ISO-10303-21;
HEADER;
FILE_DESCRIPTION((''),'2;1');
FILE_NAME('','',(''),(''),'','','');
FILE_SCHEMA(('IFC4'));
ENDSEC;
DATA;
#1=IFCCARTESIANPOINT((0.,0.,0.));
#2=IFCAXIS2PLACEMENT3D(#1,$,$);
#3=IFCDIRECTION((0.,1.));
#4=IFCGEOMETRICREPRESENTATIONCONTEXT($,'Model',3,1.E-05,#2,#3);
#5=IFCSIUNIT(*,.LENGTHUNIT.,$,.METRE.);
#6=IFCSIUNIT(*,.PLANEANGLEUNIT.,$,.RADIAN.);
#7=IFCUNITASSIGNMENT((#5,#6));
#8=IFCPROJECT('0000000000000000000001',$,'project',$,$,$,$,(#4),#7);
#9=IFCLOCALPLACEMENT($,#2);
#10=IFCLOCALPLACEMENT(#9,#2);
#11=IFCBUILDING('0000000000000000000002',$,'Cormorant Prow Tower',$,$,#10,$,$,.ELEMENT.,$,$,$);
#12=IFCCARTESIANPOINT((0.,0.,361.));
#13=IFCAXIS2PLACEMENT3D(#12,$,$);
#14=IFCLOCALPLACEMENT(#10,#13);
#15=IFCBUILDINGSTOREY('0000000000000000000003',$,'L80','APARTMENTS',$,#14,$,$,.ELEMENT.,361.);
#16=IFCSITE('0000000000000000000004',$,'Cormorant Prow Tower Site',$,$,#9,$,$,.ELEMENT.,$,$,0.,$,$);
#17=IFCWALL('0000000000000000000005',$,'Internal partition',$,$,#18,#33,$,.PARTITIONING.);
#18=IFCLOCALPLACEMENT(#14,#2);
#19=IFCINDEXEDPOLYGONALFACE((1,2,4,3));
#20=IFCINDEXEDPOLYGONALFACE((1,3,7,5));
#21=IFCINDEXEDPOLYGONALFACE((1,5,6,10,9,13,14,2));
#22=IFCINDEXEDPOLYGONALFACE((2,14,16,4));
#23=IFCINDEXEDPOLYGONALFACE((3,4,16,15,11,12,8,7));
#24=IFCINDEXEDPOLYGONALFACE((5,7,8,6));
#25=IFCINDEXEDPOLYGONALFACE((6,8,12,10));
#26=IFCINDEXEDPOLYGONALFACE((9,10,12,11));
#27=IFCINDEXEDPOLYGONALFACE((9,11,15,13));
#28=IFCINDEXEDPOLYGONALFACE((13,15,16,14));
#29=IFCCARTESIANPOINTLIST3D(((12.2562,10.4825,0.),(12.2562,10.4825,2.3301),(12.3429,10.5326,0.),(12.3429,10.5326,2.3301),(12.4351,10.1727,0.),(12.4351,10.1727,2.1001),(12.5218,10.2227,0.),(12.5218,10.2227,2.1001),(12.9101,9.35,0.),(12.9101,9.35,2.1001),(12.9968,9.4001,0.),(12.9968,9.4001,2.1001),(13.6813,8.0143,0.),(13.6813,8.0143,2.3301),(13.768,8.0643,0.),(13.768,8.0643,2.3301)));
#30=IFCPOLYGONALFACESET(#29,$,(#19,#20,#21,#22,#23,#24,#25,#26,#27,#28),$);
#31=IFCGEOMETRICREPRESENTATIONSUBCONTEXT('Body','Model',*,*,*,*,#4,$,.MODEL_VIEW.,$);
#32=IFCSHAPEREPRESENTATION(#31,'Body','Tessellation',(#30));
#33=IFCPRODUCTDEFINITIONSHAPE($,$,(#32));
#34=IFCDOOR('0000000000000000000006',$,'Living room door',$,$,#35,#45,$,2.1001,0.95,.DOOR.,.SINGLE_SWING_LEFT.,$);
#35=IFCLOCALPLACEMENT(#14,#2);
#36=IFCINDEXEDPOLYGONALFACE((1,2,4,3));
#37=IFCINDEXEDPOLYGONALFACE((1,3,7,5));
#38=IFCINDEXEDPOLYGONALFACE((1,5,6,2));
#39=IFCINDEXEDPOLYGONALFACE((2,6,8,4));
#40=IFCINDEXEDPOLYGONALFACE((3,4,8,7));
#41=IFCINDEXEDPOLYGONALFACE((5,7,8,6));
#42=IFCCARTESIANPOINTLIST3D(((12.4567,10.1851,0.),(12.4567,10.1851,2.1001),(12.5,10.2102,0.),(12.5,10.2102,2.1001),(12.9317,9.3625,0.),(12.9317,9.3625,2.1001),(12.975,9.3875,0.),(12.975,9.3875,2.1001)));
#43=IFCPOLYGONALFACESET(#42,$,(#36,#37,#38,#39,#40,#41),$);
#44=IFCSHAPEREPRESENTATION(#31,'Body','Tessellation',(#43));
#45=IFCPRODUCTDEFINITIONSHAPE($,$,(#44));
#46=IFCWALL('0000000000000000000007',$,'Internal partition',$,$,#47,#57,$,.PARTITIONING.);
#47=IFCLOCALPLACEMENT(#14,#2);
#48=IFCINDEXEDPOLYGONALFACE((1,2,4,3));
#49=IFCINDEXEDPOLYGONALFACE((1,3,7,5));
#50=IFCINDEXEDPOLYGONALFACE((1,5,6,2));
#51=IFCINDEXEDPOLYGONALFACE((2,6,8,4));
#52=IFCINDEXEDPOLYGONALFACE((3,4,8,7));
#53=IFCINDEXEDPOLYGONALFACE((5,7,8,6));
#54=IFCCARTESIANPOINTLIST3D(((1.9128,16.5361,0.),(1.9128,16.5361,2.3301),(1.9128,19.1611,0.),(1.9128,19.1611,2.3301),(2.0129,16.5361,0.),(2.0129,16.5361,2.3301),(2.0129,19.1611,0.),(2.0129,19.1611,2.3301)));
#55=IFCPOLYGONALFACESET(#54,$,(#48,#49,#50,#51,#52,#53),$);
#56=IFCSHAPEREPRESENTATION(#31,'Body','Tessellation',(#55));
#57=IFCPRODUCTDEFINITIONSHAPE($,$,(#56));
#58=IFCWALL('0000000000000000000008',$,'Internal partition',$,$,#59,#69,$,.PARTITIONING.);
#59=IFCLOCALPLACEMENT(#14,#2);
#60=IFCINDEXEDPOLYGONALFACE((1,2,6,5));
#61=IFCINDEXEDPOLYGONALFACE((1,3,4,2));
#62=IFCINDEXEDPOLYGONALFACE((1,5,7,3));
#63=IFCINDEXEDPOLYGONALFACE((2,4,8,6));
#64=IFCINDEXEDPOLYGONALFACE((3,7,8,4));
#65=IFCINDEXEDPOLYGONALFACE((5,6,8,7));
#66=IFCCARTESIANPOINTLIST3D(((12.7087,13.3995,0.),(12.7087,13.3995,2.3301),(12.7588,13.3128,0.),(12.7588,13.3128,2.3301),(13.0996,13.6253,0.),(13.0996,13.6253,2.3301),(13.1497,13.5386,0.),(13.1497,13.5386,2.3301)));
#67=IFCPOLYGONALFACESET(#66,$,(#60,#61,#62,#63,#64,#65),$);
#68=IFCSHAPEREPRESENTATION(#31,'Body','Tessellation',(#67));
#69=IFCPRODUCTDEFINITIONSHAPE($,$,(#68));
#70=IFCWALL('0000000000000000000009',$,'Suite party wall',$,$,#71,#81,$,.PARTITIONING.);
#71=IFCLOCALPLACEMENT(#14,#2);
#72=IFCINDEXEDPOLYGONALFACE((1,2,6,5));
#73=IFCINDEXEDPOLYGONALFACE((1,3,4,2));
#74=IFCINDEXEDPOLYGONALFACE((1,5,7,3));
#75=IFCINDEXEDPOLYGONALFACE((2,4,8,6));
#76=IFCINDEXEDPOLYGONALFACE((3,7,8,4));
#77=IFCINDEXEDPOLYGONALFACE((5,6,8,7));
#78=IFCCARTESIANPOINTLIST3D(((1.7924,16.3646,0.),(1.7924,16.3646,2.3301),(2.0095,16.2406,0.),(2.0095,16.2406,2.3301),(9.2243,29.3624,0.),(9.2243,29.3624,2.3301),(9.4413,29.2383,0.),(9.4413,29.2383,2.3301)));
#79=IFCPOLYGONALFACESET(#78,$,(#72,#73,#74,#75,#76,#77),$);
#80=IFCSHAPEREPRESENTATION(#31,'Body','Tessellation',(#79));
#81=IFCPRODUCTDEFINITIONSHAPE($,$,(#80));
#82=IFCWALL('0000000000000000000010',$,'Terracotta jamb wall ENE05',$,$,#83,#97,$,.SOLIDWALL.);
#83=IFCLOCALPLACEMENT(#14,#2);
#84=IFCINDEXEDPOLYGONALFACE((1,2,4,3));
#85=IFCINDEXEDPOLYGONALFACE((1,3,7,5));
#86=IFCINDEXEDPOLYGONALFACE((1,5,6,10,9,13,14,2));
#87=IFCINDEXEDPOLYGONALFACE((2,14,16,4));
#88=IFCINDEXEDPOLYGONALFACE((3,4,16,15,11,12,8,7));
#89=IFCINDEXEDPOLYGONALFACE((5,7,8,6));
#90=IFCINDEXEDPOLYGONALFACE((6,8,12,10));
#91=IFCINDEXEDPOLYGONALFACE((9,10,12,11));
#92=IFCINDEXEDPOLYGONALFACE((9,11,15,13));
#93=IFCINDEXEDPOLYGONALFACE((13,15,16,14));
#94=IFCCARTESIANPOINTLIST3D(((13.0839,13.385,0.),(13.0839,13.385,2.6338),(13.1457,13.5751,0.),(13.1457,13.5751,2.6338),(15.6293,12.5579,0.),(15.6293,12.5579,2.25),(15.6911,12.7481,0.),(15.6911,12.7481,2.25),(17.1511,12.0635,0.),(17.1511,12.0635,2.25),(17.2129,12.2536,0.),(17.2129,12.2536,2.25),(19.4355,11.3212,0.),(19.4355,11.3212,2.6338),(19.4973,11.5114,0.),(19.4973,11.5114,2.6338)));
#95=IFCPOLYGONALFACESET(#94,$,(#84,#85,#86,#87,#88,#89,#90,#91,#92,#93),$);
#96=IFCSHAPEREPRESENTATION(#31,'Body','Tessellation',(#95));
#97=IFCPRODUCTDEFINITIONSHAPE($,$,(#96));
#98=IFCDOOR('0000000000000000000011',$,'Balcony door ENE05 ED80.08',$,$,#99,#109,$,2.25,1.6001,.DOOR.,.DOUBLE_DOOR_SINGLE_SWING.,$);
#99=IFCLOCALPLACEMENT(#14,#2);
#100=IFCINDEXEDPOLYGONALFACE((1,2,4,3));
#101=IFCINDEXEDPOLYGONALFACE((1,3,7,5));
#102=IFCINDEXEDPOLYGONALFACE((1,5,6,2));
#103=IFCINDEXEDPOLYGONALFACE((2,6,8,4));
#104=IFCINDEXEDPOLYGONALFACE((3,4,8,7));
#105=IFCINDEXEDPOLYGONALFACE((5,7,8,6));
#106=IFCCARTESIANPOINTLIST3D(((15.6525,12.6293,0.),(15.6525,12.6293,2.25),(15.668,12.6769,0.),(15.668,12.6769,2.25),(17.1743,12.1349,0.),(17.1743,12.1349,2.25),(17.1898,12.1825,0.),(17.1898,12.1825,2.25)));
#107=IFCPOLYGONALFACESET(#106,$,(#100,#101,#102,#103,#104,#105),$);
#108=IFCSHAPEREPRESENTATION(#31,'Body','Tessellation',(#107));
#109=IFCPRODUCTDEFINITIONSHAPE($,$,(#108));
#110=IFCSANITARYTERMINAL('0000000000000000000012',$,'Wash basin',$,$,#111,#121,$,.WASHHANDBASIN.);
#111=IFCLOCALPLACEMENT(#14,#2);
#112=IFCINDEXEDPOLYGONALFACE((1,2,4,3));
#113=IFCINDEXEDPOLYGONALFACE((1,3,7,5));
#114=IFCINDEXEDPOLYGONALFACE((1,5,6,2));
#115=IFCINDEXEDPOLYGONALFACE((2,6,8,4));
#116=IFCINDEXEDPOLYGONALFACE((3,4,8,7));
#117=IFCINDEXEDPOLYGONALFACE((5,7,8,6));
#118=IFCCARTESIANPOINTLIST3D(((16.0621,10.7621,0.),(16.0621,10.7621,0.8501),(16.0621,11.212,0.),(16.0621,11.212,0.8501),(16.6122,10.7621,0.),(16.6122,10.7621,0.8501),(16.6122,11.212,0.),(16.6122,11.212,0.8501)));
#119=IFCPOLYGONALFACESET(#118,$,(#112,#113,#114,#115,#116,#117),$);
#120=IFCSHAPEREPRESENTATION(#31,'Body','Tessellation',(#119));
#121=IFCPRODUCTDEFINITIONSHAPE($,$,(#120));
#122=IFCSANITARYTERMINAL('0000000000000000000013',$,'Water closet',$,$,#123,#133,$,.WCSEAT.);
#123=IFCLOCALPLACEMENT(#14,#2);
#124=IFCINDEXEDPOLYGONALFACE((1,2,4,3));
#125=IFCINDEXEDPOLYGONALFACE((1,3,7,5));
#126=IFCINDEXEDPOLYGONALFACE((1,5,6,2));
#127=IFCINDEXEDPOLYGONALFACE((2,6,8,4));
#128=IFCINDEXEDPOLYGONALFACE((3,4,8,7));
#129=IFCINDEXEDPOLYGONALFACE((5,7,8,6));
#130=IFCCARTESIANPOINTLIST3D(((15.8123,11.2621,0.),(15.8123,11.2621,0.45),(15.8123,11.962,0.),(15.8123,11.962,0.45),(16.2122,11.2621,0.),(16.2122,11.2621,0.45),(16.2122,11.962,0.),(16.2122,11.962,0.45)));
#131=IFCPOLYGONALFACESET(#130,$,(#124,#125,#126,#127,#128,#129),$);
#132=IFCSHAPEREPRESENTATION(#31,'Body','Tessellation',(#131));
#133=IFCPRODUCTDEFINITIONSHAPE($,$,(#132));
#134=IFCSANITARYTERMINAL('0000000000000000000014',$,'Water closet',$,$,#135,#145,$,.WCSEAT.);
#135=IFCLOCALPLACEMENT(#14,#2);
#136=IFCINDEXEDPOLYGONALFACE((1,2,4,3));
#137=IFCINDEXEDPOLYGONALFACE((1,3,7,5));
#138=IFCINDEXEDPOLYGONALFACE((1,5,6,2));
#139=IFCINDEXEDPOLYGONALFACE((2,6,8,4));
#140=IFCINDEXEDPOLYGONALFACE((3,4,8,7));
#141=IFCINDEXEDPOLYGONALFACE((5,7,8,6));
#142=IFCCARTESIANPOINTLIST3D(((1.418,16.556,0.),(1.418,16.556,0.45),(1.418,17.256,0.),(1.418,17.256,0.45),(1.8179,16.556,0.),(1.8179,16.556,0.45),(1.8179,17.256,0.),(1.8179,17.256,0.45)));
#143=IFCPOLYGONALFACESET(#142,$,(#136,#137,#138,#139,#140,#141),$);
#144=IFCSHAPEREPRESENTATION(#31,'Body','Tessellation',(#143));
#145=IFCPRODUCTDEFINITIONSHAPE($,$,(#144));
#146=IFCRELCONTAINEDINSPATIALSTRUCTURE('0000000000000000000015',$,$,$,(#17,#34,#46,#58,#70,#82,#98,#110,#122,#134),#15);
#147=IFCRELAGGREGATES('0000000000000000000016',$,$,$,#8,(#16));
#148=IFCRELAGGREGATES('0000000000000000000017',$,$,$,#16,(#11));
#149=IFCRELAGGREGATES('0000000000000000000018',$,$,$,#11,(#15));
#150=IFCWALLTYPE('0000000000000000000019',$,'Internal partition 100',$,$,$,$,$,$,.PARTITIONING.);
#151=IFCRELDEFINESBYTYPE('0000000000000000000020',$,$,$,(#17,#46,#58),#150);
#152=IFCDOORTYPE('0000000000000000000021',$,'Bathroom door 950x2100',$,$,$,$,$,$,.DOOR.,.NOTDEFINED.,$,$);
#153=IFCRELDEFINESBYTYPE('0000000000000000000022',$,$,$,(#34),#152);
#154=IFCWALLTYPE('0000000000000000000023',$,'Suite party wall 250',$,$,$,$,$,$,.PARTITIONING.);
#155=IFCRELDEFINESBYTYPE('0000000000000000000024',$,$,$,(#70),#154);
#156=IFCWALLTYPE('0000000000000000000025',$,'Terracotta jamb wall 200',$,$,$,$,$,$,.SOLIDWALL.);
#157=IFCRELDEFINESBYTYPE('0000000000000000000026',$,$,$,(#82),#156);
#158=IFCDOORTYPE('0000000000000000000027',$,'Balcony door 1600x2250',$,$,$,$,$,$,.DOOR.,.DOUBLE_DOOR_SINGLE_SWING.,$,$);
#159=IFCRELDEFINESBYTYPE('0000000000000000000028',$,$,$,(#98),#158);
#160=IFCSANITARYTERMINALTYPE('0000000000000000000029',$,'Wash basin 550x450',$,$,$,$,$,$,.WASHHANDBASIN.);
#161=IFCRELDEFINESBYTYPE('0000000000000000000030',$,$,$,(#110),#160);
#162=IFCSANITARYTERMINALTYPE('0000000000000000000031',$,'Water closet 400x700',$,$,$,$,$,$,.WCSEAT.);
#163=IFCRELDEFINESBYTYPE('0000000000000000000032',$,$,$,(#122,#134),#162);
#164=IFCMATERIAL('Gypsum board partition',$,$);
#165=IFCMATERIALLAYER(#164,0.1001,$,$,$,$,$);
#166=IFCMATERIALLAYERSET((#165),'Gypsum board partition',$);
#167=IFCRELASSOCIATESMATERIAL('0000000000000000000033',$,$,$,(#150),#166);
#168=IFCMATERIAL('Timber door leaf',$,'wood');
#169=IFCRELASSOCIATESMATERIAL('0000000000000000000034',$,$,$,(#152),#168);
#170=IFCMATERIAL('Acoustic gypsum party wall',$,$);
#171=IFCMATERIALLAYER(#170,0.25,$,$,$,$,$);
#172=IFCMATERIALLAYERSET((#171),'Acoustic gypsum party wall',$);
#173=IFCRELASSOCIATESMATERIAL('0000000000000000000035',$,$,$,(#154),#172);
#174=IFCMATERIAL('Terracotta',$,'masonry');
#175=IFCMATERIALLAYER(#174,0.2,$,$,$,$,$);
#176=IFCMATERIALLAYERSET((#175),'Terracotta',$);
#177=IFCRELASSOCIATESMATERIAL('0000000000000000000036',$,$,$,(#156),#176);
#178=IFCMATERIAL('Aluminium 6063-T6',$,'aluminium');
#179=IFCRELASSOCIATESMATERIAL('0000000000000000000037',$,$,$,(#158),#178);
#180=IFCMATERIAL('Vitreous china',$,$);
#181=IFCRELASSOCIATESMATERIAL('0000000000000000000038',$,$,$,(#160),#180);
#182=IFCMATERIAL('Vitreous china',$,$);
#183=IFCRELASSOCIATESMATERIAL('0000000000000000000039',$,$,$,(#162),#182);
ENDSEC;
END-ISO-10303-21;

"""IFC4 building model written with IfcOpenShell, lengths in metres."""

from ifc_helpers import new_model, si_unit, direction, frame, frame_2d, origin, origin_2d, place, context, subcontext, project, spatial, rectangle, extrude, material, layer, layer_set, type_object, element, fill, save


model = new_model("IFC4")

# Units and contexts
model_context = context("Model", 3, precision=1e-05, world=origin(), true_north=direction((0.0, 1.0)))
body_context = subcontext(model_context, "Body", "Model", "MODEL_VIEW")
ifc_project = project(units=[si_unit("LENGTHUNIT", "METRE"), si_unit("PLANEANGLEUNIT", "RADIAN")], contexts=[model_context])

# Site, building, storey
site_placement = place(None, origin())
site = spatial("IfcSite", under=ifc_project, at=site_placement, Name="Cormorant Prow Tower Site", CompositionType="ELEMENT", RefElevation=0.0)
building_placement = place(site_placement, origin())
building = spatial("IfcBuilding", under=site, at=building_placement, Name="Cormorant Prow Tower", CompositionType="ELEMENT")
storey_placement = place(building_placement, frame((0.0, 0.0, 361.0)))
storey = spatial("IfcBuildingStorey", under=building, at=storey_placement, Name="L80", Description="APARTMENTS", CompositionType="ELEMENT", Elevation=361.0)

# Wall, opening, door
ifc_material_1 = material(Name="Gypsum board partition")
ifc_layer_1 = layer(ifc_material_1, 0.1001)
ifc_layer_set_1 = layer_set([ifc_layer_1], Name="Gypsum board partition")
wall_type_1 = type_object("IfcWallType", Name="Internal partition 100", PredefinedType="PARTITIONING", material=ifc_layer_set_1)
ifc_material_2 = material(Name="Timber door leaf", Category="wood")
door_type_1 = type_object("IfcDoorType", Name="Bathroom door 950x2100", OperationType="NOTDEFINED", PredefinedType="DOOR", material=ifc_material_2)
wall_1_placement = place(storey_placement, frame((12.2996, 10.5076, 0.0), z_axis=(0.0, 0.0, 1.0), x_axis=(0.499999, -0.866026, 0.0)))
wall_1 = element("IfcWall", 1, at=wall_1_placement, inside=storey, type_object=wall_type_1, Name="Internal partition", PredefinedType="PARTITIONING", context=body_context, shape_type="SweptSolid", body=[
    extrude(rectangle(XDim=2.8501, YDim=0.1001, at=frame_2d((1.425, 0.0))), origin(), (0.0, 0.0, 1.0), 2.3301),
])
opening_1_placement = place(wall_1_placement, frame((0.3577, 0.0, 0.0)))
opening_1 = element("IfcOpeningElement", 2, at=opening_1_placement, cuts=wall_1, PredefinedType="OPENING", context=body_context, shape_type="SweptSolid", body=[
    extrude(rectangle(XDim=0.95, YDim=2.1001, at=frame_2d((0.4751, 1.05))), frame((0.0, 0.0601, 0.0), z_axis=(0.0, -1.0, 0.0), x_axis=(1.0, 0.0, 0.0)), (0.0, 0.0, 1.0), 0.1201),
])
door_1_placement = place(opening_1_placement, origin())
door_1 = element("IfcDoor", 3, at=door_1_placement, inside=storey, type_object=door_type_1, Name="Living room door", OperationType="SINGLE_SWING_LEFT", OverallHeight=2.1001, OverallWidth=0.95, PredefinedType="DOOR", context=body_context, shape_type="SweptSolid", body=[
    extrude(rectangle(XDim=0.95, YDim=2.1001, at=frame_2d((0.4751, 1.05))), frame((0.0, 0.0249, 0.0), z_axis=(0.0, -1.0, 0.0), x_axis=(1.0, 0.0, 0.0)), (0.0, 0.0, 1.0), 0.05),
])
fill(opening_1, door_1)

# Walls
wall_2_placement = place(storey_placement, frame((1.9629, 16.5361, 0.0), z_axis=(0.0, 0.0, 1.0), x_axis=(0.0, 1.0, 0.0)))
element("IfcWall", 4, at=wall_2_placement, inside=storey, type_object=wall_type_1, Name="Internal partition", PredefinedType="PARTITIONING", context=body_context, shape_type="SweptSolid", body=[
    extrude(rectangle(XDim=2.625, YDim=0.1001, at=frame_2d((1.3125, 0.0))), origin(), (0.0, 0.0, 1.0), 2.3301),
])
wall_3_placement = place(storey_placement, frame((12.7339, 13.3562, 0.0), z_axis=(0.0, 0.0, 1.0), x_axis=(0.86587, 0.500269, 0.0)))
element("IfcWall", 5, at=wall_3_placement, inside=storey, type_object=wall_type_1, Name="Internal partition", PredefinedType="PARTITIONING", context=body_context, shape_type="SweptSolid", body=[
    extrude(rectangle(XDim=0.4514, YDim=0.1001, at=frame_2d((0.2256, 0.0))), origin(), (0.0, 0.0, 1.0), 2.3301),
])
ifc_material_3 = material(Name="Acoustic gypsum party wall")
ifc_layer_2 = layer(ifc_material_3, 0.25)
ifc_layer_set_2 = layer_set([ifc_layer_2], Name="Acoustic gypsum party wall")
wall_type_2 = type_object("IfcWallType", Name="Suite party wall 250", PredefinedType="PARTITIONING", material=ifc_layer_set_2)
wall_4_placement = place(storey_placement, frame((1.9009, 16.3025, 0.0), z_axis=(0.0, 0.0, 1.0), x_axis=(0.496369, 0.868112, 0.0)))
element("IfcWall", 6, at=wall_4_placement, inside=storey, type_object=wall_type_2, Name="Suite party wall", PredefinedType="PARTITIONING", context=body_context, shape_type="SweptSolid", body=[
    extrude(rectangle(XDim=14.9724, YDim=0.25, at=frame_2d((7.4863, 0.0))), origin(), (0.0, 0.0, 1.0), 2.3301),
])

# Wall, opening, door
ifc_material_4 = material(Name="Terracotta", Category="masonry")
ifc_layer_3 = layer(ifc_material_4, 0.2)
ifc_layer_set_3 = layer_set([ifc_layer_3], Name="Terracotta")
wall_type_3 = type_object("IfcWallType", Name="Terracotta jamb wall 200", PredefinedType="SOLIDWALL", material=ifc_layer_set_3)
wall_5_placement = place(storey_placement, frame((19.4666, 11.4163, 0.0), z_axis=(0.0, 0.0, 1.0), x_axis=(-0.951058, 0.309013, 0.0)))
wall_5 = element("IfcWall", 7, at=wall_5_placement, inside=storey, type_object=wall_type_3, Name="Terracotta jamb wall ENE05", PredefinedType="SOLIDWALL", context=body_context, shape_type="SweptSolid", body=[
    extrude(rectangle(XDim=6.6785, YDim=0.2, at=frame_2d((3.3394, 0.0))), origin(), (0.0, 0.0, 1.0), 2.6338),
])
opening_2_placement = place(wall_5_placement, frame((2.4021, 0.0, 0.0)))
opening_2 = element("IfcOpeningElement", 8, at=opening_2_placement, cuts=wall_5, PredefinedType="OPENING", context=body_context, shape_type="SweptSolid", body=[
    extrude(rectangle(XDim=1.6001, YDim=2.25, at=frame_2d((0.8, 1.125))), frame((0.0, 0.1099, 0.0), z_axis=(0.0, -1.0, 0.0), x_axis=(1.0, 0.0, 0.0)), (0.0, 0.0, 1.0), 0.22),
])
ifc_material_5 = material(Name="Aluminium 6063-T6", Category="aluminium")
door_type_2 = type_object("IfcDoorType", Name="Balcony door 1600x2250", OperationType="DOUBLE_DOOR_SINGLE_SWING", PredefinedType="DOOR", material=ifc_material_5)
door_2_placement = place(opening_2_placement, origin())
door_2 = element("IfcDoor", 9, at=door_2_placement, inside=storey, type_object=door_type_2, Name="Balcony door ENE05 ED80.08", OperationType="DOUBLE_DOOR_SINGLE_SWING", OverallHeight=2.25, OverallWidth=1.6001, PredefinedType="DOOR", context=body_context, shape_type="SweptSolid", body=[
    extrude(rectangle(XDim=1.6001, YDim=2.25, at=frame_2d((0.8, 1.125))), frame((0.0, 0.0249, 0.0), z_axis=(0.0, -1.0, 0.0), x_axis=(1.0, 0.0, 0.0)), (0.0, 0.0, 1.0), 0.05),
])
fill(opening_2, door_2)

# Sanitary terminals
ifc_material_6 = material(Name="Vitreous china")
sanitary_terminal_type_1 = type_object("IfcSanitaryTerminalType", Name="Wash basin 550x450", PredefinedType="WASHHANDBASIN", material=ifc_material_6)
sanitary_terminal_placement = place(storey_placement, frame((16.3372, 10.9871, 0.0), z_axis=(0.0, 0.0, 1.0), x_axis=(1.0, 0.0, 0.0)))
element("IfcSanitaryTerminal", 10, at=sanitary_terminal_placement, inside=storey, type_object=sanitary_terminal_type_1, Name="Wash basin", PredefinedType="WASHHANDBASIN", context=body_context, shape_type="SweptSolid", body=[
    extrude(rectangle(XDim=0.55, YDim=0.45, at=origin_2d()), origin(), (0.0, 0.0, 1.0), 0.8501),
])
ifc_material_7 = material(Name="Vitreous china")
sanitary_terminal_type_2 = type_object("IfcSanitaryTerminalType", Name="Water closet 400x700", PredefinedType="WCSEAT", material=ifc_material_7)
for number, where, z_axis, x_axis, name in (
    (11, (16.0122, 11.6121, 0.0), (0.0, 0.0, 1.0), (1.0, 0.0, 0.0), "Water closet"),
    (12, (1.6179, 16.906, 0.0), (0.0, 0.0, 1.0), (-1.0, 0.0, 0.0), "Water closet"),
):
    element("IfcSanitaryTerminal", number, at=place(storey_placement, frame(where, z_axis=z_axis, x_axis=x_axis)), inside=storey, type_object=sanitary_terminal_type_2, Name=name, PredefinedType="WCSEAT", context=body_context, shape_type="SweptSolid", body=[
        extrude(rectangle(XDim=0.3999, YDim=0.7, at=origin_2d()), origin(), (0.0, 0.0, 1.0), 0.45),
    ])

save(model, "model.ifc")
